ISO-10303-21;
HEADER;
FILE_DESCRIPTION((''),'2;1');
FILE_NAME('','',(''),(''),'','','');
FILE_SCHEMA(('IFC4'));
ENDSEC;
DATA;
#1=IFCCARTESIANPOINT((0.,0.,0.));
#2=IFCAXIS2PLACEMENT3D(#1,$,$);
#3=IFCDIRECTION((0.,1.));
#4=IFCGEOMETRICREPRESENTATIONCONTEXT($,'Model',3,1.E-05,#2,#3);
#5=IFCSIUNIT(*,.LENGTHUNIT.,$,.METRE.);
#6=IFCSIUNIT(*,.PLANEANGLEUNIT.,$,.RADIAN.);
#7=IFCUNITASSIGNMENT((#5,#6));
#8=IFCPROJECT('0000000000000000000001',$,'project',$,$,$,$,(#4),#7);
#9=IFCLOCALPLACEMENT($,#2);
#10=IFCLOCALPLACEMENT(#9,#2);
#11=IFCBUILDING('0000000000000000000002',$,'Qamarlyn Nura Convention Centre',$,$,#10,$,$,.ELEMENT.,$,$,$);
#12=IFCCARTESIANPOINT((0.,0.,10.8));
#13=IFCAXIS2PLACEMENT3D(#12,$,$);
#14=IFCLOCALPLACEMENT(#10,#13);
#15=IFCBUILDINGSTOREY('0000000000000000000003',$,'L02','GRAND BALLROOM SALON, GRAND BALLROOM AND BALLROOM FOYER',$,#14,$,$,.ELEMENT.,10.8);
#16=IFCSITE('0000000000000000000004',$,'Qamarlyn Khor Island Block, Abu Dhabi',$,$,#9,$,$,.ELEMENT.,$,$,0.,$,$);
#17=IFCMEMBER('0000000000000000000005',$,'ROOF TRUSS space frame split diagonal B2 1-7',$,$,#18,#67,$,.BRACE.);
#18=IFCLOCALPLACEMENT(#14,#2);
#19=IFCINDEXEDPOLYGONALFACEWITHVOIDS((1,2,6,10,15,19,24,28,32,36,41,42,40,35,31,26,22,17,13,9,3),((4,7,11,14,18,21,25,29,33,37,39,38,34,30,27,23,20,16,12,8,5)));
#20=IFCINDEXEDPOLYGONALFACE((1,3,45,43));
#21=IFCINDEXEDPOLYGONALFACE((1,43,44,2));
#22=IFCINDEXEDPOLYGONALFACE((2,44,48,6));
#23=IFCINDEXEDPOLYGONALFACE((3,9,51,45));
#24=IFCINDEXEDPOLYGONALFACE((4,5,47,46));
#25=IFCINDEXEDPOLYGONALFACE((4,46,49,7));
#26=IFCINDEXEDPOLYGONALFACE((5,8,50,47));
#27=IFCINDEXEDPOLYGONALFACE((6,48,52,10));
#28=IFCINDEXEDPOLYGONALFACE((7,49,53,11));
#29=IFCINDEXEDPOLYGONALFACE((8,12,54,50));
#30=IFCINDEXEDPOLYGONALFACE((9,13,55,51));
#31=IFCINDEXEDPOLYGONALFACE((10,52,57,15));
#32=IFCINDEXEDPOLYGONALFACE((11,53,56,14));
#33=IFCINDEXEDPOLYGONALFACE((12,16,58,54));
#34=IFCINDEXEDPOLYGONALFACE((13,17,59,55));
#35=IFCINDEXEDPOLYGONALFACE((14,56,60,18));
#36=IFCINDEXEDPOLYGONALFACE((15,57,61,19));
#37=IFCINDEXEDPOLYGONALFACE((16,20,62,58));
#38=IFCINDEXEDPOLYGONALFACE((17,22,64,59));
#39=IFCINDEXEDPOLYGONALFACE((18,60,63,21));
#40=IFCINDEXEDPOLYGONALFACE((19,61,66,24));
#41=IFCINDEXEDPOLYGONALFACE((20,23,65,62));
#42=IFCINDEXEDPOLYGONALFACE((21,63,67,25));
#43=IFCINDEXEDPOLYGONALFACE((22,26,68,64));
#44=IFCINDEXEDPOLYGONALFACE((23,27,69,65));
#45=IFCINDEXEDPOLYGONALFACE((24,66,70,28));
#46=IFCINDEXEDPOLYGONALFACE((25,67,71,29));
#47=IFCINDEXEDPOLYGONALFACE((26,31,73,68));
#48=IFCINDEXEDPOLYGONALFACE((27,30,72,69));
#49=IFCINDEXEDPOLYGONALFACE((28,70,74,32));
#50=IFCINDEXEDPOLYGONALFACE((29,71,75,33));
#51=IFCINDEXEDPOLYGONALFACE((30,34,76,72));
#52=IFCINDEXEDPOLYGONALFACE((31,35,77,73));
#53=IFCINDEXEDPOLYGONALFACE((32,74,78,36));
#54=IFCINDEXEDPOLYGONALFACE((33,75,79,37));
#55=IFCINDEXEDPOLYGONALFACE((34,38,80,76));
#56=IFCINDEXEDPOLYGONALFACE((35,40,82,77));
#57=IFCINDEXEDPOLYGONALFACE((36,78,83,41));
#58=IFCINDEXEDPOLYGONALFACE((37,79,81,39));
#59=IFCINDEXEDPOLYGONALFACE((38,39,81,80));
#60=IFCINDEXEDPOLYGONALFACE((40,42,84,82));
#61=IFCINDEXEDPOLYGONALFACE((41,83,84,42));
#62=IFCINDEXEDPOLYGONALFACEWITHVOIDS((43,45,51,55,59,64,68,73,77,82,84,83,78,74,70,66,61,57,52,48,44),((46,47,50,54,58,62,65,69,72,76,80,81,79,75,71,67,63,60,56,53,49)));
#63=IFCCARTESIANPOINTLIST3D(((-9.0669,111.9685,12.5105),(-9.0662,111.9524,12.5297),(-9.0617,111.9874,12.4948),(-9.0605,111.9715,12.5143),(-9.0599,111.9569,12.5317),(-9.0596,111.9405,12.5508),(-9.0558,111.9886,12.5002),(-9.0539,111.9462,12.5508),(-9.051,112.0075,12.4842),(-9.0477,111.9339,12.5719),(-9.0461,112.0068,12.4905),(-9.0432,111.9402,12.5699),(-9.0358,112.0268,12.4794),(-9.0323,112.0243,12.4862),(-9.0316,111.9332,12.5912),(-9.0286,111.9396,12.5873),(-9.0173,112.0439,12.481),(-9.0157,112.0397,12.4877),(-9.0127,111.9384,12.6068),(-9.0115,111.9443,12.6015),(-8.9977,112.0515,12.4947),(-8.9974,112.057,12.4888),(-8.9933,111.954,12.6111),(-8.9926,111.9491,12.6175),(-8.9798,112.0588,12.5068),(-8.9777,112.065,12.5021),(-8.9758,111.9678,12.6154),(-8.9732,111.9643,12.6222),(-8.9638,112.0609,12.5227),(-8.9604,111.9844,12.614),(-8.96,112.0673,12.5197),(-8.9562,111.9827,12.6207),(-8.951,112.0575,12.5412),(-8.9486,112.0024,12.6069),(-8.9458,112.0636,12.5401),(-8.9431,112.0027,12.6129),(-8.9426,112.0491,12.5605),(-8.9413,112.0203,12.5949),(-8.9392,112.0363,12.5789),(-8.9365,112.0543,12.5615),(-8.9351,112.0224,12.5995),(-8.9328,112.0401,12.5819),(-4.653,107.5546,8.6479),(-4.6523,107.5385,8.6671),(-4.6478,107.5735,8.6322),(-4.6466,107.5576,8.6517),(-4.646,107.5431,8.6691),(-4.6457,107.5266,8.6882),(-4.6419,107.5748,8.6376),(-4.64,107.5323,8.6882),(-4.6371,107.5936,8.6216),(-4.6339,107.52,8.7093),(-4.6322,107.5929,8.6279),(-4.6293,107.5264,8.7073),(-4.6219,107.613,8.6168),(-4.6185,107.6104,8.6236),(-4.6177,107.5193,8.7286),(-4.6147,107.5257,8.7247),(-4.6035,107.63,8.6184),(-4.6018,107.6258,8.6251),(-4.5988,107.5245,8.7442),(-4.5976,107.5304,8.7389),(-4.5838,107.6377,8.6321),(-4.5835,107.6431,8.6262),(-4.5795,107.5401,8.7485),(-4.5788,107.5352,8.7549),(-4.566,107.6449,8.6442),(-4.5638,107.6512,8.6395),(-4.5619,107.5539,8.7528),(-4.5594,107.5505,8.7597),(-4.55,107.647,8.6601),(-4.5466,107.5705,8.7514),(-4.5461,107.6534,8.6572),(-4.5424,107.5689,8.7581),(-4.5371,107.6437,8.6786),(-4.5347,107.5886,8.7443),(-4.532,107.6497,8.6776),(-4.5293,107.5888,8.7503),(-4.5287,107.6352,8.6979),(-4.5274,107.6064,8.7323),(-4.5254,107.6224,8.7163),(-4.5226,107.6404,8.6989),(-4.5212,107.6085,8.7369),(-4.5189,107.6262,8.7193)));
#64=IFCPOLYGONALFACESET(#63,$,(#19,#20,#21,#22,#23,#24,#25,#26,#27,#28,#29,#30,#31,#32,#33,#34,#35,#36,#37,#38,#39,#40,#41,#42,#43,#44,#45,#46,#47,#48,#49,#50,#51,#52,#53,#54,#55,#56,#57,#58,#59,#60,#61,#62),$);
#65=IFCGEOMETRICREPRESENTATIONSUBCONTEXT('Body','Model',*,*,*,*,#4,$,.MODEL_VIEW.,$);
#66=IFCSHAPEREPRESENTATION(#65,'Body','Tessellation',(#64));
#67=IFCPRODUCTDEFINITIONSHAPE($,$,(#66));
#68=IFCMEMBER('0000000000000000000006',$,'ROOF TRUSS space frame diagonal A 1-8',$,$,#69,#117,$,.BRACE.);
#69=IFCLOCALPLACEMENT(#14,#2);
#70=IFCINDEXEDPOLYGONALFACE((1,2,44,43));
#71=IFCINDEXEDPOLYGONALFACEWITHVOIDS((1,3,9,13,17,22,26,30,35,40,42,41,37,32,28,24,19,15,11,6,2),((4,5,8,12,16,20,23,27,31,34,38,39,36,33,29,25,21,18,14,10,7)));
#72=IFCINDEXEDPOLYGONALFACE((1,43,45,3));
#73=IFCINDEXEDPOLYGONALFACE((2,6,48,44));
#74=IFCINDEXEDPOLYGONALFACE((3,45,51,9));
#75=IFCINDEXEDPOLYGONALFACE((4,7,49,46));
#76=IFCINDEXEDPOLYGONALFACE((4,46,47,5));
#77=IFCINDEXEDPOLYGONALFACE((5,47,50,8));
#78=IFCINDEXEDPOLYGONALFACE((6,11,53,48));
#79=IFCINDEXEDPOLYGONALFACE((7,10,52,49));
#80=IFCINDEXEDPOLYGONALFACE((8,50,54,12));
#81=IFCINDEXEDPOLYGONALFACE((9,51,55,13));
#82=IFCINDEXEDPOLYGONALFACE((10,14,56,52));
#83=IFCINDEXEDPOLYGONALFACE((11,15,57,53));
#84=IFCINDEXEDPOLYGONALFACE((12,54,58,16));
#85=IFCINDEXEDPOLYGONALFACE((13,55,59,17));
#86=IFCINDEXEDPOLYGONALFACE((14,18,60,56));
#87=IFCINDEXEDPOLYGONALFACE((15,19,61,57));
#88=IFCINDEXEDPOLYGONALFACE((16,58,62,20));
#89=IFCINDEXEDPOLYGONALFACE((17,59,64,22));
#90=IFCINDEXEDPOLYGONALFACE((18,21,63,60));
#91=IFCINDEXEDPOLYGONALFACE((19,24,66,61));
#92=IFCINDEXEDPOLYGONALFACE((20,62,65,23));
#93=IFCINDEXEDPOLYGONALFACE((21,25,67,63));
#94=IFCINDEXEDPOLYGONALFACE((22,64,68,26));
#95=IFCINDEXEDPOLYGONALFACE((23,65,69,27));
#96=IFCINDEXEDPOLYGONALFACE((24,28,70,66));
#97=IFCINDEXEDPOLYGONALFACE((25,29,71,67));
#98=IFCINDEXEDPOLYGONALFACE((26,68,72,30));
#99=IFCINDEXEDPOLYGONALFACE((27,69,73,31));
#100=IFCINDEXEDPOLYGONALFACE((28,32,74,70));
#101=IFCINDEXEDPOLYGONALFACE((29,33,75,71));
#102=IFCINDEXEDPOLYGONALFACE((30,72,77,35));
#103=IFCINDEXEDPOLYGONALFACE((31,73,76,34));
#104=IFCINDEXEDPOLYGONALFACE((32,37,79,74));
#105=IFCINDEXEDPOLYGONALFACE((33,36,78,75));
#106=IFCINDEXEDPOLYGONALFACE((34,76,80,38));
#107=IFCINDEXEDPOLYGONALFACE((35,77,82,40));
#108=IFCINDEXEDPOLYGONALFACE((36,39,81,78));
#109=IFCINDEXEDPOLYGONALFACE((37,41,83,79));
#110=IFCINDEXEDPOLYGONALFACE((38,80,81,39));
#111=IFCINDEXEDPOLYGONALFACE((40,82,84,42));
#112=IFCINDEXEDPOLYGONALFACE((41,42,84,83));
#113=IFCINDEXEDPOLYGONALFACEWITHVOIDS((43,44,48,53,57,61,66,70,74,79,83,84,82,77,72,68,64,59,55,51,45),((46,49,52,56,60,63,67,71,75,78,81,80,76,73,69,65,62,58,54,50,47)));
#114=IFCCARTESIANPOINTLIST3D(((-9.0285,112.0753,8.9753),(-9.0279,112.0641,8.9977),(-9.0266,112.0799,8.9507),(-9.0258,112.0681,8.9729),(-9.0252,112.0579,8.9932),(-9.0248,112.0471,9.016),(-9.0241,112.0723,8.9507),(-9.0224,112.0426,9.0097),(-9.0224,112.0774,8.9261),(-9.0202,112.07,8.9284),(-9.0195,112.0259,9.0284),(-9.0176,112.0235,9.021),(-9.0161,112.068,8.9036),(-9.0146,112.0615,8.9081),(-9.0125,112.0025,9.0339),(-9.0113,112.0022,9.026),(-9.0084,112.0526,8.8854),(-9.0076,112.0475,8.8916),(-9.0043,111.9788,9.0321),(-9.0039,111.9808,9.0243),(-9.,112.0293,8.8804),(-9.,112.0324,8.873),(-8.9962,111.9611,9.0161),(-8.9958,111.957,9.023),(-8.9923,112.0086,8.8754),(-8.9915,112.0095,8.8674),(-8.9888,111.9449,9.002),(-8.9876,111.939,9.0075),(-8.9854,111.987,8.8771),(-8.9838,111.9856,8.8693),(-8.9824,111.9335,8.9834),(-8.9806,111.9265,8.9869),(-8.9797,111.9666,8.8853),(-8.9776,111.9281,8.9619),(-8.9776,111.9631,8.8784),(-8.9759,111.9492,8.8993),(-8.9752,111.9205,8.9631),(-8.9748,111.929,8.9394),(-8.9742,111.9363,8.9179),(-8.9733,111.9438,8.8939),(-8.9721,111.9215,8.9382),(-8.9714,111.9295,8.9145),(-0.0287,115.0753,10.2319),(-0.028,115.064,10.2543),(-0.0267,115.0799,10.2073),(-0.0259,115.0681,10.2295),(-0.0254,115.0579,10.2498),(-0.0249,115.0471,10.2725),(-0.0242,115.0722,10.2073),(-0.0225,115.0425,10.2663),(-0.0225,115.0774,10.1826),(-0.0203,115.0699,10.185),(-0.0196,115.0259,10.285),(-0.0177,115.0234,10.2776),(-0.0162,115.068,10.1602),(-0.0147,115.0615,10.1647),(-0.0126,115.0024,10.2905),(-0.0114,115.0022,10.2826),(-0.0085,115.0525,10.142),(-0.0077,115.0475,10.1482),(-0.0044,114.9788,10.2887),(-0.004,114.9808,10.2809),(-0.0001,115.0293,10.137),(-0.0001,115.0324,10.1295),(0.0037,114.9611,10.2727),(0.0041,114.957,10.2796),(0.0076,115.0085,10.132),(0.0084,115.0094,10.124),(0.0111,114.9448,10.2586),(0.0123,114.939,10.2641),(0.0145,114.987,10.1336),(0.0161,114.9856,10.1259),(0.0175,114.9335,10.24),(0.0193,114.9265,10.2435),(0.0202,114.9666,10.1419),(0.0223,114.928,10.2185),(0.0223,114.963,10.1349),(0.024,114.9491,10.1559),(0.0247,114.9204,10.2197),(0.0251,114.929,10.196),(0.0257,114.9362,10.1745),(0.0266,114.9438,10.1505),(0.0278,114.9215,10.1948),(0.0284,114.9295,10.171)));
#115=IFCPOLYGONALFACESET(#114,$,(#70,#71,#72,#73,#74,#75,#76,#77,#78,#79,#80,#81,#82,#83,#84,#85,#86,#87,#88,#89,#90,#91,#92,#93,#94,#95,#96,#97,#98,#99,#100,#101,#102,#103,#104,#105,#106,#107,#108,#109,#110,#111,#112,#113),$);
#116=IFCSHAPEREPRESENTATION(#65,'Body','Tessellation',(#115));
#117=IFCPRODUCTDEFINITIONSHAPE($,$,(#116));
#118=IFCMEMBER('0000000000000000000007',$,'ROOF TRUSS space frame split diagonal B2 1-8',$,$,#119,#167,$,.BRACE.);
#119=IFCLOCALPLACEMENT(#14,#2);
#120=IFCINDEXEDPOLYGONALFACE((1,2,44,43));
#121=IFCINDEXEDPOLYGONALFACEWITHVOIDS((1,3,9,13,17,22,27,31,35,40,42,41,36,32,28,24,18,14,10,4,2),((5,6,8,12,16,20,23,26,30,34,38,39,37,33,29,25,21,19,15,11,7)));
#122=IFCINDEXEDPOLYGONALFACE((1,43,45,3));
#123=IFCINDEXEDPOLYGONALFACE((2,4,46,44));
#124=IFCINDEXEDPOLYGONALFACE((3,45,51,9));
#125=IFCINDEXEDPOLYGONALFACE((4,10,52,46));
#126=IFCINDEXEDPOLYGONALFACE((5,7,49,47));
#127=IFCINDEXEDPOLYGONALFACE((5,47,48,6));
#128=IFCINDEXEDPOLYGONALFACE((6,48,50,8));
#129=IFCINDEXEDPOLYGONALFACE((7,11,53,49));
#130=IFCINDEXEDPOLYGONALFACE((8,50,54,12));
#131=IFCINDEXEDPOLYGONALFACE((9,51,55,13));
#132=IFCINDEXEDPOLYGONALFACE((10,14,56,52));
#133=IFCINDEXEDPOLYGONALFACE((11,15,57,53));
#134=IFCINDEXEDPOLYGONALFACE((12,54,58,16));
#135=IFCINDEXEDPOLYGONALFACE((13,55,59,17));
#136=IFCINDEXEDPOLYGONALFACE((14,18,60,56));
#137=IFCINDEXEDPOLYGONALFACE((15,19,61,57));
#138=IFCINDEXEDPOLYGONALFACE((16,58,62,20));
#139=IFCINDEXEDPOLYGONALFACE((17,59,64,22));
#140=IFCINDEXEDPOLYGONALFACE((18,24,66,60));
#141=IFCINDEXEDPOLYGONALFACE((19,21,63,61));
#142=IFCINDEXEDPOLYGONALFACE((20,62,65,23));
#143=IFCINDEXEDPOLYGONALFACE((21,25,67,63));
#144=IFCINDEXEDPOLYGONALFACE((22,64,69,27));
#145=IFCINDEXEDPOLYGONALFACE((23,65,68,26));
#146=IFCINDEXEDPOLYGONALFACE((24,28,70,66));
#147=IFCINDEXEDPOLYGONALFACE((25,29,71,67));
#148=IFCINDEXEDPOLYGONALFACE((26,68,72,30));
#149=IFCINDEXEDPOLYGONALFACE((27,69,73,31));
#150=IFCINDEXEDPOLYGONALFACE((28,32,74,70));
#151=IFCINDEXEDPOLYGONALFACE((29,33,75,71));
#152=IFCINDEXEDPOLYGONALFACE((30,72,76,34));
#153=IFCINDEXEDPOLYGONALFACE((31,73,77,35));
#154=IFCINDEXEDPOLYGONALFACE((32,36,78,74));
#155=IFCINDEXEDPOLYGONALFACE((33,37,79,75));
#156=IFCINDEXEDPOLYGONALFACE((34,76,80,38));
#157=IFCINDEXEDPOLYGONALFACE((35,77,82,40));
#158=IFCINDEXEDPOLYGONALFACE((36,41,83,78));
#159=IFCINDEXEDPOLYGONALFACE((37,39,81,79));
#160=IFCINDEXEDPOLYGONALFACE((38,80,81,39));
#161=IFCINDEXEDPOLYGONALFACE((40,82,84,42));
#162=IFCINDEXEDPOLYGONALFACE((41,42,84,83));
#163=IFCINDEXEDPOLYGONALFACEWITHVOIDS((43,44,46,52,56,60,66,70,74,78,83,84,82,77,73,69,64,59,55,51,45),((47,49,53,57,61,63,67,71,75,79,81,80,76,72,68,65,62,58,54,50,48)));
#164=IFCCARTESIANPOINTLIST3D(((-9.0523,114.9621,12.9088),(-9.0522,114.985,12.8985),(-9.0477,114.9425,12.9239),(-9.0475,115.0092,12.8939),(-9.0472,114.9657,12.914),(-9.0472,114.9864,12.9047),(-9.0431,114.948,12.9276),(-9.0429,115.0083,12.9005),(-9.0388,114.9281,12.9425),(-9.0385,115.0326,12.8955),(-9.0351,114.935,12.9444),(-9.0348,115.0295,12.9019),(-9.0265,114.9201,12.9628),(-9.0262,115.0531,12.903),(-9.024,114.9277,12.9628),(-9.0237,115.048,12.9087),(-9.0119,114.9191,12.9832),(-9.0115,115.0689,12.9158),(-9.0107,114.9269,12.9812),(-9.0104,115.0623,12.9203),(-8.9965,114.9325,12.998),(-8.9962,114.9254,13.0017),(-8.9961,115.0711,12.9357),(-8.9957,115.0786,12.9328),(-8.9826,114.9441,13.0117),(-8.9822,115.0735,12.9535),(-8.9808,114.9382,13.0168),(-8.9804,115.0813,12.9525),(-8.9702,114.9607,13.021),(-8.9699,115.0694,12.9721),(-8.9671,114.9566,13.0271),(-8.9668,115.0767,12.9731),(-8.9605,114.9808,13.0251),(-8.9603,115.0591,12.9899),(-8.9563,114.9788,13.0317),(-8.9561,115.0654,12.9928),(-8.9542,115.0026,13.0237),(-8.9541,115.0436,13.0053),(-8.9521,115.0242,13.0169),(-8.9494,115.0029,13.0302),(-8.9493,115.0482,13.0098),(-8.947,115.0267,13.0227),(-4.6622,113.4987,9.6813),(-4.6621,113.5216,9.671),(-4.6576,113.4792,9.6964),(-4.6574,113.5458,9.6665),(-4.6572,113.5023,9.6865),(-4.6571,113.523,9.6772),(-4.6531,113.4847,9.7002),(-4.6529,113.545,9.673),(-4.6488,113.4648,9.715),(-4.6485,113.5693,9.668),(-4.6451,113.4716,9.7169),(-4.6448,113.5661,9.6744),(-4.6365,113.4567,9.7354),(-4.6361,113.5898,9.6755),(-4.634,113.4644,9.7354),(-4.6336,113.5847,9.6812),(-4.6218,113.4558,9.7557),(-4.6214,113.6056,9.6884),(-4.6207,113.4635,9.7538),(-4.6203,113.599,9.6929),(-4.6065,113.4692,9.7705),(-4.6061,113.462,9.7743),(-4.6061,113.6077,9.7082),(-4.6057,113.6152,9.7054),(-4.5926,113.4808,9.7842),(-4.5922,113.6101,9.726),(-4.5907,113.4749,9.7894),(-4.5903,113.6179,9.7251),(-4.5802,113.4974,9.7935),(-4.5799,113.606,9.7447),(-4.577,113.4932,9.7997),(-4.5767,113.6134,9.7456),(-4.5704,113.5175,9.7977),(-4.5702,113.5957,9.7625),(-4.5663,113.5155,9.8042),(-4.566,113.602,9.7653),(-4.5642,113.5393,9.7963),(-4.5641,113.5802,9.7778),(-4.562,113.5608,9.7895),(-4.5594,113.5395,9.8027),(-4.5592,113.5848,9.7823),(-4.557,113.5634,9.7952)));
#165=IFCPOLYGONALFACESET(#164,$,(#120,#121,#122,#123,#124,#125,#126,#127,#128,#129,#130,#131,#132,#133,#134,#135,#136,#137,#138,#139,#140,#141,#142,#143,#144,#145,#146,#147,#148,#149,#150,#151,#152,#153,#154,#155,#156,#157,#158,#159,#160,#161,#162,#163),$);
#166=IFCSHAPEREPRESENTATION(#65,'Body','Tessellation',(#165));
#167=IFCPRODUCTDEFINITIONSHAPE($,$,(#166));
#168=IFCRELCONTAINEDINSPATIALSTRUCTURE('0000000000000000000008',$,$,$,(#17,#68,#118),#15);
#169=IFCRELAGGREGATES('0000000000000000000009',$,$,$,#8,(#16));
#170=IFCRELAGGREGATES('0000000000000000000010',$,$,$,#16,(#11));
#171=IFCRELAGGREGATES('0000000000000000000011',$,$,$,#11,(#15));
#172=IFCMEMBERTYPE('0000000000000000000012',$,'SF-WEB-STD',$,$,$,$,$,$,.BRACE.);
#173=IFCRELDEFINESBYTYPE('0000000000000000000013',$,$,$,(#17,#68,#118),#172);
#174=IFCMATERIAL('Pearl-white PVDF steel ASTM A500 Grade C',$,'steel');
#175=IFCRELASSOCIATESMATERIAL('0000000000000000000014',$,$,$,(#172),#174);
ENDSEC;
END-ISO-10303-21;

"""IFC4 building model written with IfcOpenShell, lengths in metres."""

from ifc_helpers import new_model, si_unit, direction, frame, origin, origin_2d, place, context, subcontext, project, spatial, hollow_circle, extrude, material, material_profile, profile_set, type_object, element, save


model = new_model("IFC4")

# Units and contexts
model_context = context("Model", 3, precision=1e-05, world=origin(), true_north=direction((0.0, 1.0)))
body_context = subcontext(model_context, "Body", "Model", "MODEL_VIEW")
ifc_project = project(units=[si_unit("LENGTHUNIT", "METRE"), si_unit("PLANEANGLEUNIT", "RADIAN")], contexts=[model_context])

# Site, building, storey
site_placement = place(None, origin())
site = spatial("IfcSite", under=ifc_project, at=site_placement, Name="Qamarlyn Khor Island Block, Abu Dhabi", CompositionType="ELEMENT", RefElevation=0.0)
building_placement = place(site_placement, origin())
building = spatial("IfcBuilding", under=site, at=building_placement, Name="Qamarlyn Nura Convention Centre", CompositionType="ELEMENT")
storey_placement = place(building_placement, frame((0.0, 0.0, 10.8)))
storey = spatial("IfcBuildingStorey", under=building, at=storey_placement, Name="L02", Description="GRAND BALLROOM SALON, GRAND BALLROOM AND BALLROOM FOYER", CompositionType="ELEMENT", Elevation=10.8)

# Members
ifc_material_1 = material(Name="Pearl-white PVDF steel ASTM A500 Grade C", Category="steel")
ifc_material_profile_1 = material_profile(ifc_material_1, hollow_circle(Radius=0.0842, WallThickness=0.0081, at=origin_2d()), Name="CHS168.3X8")
ifc_profile_set_1 = profile_set([ifc_material_profile_1], Name="Pearl-white PVDF steel ASTM A500 Grade C")
member_type_1 = type_object("IfcMemberType", Name="SF-WEB-STD", PredefinedType="BRACE", material=ifc_profile_set_1)
member_1_placement = place(storey_placement, frame((-4.5862, 107.5862, 8.6882), z_axis=(-0.601297, 0.601297, 0.526197), x_axis=(-0.707107, -0.707107, 0.0)))
element("IfcMember", 1, at=member_1_placement, inside=storey, type_object=member_type_1, Name="ROOF TRUSS space frame split diagonal B2 1-7", PredefinedType="BRACE", context=body_context, shape_type="SweptSolid", body=[
    extrude(hollow_circle(Radius=0.0842, WallThickness=0.0081, at=origin_2d()), origin(), (0.0, 0.0, 1.0), 7.3406),
])
member_2_placement = place(storey_placement, frame((-9.0, 112.0, 8.9507), z_axis=(0.940469, 0.31349, 0.13131), x_axis=(-0.316228, 0.948683, 0.0)))
element("IfcMember", 2, at=member_2_placement, inside=storey, type_object=member_type_1, Name="ROOF TRUSS space frame diagonal A 1-8", PredefinedType="BRACE", context=body_context, shape_type="SweptSolid", body=[
    extrude(hollow_circle(Radius=0.0842, WallThickness=0.0081, at=origin_2d()), origin(), (0.0, 0.0, 1.0), 9.5696),
])
member_3_placement = place(storey_placement, frame((-4.6099, 113.5366, 9.7354), z_axis=(-0.778122, 0.259374, 0.572059), x_axis=(-0.316228, -0.948683, 0.0)))
element("IfcMember", 3, at=member_3_placement, inside=storey, type_object=member_type_1, Name="ROOF TRUSS space frame split diagonal B2 1-8", PredefinedType="BRACE", context=body_context, shape_type="SweptSolid", body=[
    extrude(hollow_circle(Radius=0.0842, WallThickness=0.0081, at=origin_2d()), origin(), (0.0, 0.0, 1.0), 5.6418),
])

save(model, "model.ifc")
